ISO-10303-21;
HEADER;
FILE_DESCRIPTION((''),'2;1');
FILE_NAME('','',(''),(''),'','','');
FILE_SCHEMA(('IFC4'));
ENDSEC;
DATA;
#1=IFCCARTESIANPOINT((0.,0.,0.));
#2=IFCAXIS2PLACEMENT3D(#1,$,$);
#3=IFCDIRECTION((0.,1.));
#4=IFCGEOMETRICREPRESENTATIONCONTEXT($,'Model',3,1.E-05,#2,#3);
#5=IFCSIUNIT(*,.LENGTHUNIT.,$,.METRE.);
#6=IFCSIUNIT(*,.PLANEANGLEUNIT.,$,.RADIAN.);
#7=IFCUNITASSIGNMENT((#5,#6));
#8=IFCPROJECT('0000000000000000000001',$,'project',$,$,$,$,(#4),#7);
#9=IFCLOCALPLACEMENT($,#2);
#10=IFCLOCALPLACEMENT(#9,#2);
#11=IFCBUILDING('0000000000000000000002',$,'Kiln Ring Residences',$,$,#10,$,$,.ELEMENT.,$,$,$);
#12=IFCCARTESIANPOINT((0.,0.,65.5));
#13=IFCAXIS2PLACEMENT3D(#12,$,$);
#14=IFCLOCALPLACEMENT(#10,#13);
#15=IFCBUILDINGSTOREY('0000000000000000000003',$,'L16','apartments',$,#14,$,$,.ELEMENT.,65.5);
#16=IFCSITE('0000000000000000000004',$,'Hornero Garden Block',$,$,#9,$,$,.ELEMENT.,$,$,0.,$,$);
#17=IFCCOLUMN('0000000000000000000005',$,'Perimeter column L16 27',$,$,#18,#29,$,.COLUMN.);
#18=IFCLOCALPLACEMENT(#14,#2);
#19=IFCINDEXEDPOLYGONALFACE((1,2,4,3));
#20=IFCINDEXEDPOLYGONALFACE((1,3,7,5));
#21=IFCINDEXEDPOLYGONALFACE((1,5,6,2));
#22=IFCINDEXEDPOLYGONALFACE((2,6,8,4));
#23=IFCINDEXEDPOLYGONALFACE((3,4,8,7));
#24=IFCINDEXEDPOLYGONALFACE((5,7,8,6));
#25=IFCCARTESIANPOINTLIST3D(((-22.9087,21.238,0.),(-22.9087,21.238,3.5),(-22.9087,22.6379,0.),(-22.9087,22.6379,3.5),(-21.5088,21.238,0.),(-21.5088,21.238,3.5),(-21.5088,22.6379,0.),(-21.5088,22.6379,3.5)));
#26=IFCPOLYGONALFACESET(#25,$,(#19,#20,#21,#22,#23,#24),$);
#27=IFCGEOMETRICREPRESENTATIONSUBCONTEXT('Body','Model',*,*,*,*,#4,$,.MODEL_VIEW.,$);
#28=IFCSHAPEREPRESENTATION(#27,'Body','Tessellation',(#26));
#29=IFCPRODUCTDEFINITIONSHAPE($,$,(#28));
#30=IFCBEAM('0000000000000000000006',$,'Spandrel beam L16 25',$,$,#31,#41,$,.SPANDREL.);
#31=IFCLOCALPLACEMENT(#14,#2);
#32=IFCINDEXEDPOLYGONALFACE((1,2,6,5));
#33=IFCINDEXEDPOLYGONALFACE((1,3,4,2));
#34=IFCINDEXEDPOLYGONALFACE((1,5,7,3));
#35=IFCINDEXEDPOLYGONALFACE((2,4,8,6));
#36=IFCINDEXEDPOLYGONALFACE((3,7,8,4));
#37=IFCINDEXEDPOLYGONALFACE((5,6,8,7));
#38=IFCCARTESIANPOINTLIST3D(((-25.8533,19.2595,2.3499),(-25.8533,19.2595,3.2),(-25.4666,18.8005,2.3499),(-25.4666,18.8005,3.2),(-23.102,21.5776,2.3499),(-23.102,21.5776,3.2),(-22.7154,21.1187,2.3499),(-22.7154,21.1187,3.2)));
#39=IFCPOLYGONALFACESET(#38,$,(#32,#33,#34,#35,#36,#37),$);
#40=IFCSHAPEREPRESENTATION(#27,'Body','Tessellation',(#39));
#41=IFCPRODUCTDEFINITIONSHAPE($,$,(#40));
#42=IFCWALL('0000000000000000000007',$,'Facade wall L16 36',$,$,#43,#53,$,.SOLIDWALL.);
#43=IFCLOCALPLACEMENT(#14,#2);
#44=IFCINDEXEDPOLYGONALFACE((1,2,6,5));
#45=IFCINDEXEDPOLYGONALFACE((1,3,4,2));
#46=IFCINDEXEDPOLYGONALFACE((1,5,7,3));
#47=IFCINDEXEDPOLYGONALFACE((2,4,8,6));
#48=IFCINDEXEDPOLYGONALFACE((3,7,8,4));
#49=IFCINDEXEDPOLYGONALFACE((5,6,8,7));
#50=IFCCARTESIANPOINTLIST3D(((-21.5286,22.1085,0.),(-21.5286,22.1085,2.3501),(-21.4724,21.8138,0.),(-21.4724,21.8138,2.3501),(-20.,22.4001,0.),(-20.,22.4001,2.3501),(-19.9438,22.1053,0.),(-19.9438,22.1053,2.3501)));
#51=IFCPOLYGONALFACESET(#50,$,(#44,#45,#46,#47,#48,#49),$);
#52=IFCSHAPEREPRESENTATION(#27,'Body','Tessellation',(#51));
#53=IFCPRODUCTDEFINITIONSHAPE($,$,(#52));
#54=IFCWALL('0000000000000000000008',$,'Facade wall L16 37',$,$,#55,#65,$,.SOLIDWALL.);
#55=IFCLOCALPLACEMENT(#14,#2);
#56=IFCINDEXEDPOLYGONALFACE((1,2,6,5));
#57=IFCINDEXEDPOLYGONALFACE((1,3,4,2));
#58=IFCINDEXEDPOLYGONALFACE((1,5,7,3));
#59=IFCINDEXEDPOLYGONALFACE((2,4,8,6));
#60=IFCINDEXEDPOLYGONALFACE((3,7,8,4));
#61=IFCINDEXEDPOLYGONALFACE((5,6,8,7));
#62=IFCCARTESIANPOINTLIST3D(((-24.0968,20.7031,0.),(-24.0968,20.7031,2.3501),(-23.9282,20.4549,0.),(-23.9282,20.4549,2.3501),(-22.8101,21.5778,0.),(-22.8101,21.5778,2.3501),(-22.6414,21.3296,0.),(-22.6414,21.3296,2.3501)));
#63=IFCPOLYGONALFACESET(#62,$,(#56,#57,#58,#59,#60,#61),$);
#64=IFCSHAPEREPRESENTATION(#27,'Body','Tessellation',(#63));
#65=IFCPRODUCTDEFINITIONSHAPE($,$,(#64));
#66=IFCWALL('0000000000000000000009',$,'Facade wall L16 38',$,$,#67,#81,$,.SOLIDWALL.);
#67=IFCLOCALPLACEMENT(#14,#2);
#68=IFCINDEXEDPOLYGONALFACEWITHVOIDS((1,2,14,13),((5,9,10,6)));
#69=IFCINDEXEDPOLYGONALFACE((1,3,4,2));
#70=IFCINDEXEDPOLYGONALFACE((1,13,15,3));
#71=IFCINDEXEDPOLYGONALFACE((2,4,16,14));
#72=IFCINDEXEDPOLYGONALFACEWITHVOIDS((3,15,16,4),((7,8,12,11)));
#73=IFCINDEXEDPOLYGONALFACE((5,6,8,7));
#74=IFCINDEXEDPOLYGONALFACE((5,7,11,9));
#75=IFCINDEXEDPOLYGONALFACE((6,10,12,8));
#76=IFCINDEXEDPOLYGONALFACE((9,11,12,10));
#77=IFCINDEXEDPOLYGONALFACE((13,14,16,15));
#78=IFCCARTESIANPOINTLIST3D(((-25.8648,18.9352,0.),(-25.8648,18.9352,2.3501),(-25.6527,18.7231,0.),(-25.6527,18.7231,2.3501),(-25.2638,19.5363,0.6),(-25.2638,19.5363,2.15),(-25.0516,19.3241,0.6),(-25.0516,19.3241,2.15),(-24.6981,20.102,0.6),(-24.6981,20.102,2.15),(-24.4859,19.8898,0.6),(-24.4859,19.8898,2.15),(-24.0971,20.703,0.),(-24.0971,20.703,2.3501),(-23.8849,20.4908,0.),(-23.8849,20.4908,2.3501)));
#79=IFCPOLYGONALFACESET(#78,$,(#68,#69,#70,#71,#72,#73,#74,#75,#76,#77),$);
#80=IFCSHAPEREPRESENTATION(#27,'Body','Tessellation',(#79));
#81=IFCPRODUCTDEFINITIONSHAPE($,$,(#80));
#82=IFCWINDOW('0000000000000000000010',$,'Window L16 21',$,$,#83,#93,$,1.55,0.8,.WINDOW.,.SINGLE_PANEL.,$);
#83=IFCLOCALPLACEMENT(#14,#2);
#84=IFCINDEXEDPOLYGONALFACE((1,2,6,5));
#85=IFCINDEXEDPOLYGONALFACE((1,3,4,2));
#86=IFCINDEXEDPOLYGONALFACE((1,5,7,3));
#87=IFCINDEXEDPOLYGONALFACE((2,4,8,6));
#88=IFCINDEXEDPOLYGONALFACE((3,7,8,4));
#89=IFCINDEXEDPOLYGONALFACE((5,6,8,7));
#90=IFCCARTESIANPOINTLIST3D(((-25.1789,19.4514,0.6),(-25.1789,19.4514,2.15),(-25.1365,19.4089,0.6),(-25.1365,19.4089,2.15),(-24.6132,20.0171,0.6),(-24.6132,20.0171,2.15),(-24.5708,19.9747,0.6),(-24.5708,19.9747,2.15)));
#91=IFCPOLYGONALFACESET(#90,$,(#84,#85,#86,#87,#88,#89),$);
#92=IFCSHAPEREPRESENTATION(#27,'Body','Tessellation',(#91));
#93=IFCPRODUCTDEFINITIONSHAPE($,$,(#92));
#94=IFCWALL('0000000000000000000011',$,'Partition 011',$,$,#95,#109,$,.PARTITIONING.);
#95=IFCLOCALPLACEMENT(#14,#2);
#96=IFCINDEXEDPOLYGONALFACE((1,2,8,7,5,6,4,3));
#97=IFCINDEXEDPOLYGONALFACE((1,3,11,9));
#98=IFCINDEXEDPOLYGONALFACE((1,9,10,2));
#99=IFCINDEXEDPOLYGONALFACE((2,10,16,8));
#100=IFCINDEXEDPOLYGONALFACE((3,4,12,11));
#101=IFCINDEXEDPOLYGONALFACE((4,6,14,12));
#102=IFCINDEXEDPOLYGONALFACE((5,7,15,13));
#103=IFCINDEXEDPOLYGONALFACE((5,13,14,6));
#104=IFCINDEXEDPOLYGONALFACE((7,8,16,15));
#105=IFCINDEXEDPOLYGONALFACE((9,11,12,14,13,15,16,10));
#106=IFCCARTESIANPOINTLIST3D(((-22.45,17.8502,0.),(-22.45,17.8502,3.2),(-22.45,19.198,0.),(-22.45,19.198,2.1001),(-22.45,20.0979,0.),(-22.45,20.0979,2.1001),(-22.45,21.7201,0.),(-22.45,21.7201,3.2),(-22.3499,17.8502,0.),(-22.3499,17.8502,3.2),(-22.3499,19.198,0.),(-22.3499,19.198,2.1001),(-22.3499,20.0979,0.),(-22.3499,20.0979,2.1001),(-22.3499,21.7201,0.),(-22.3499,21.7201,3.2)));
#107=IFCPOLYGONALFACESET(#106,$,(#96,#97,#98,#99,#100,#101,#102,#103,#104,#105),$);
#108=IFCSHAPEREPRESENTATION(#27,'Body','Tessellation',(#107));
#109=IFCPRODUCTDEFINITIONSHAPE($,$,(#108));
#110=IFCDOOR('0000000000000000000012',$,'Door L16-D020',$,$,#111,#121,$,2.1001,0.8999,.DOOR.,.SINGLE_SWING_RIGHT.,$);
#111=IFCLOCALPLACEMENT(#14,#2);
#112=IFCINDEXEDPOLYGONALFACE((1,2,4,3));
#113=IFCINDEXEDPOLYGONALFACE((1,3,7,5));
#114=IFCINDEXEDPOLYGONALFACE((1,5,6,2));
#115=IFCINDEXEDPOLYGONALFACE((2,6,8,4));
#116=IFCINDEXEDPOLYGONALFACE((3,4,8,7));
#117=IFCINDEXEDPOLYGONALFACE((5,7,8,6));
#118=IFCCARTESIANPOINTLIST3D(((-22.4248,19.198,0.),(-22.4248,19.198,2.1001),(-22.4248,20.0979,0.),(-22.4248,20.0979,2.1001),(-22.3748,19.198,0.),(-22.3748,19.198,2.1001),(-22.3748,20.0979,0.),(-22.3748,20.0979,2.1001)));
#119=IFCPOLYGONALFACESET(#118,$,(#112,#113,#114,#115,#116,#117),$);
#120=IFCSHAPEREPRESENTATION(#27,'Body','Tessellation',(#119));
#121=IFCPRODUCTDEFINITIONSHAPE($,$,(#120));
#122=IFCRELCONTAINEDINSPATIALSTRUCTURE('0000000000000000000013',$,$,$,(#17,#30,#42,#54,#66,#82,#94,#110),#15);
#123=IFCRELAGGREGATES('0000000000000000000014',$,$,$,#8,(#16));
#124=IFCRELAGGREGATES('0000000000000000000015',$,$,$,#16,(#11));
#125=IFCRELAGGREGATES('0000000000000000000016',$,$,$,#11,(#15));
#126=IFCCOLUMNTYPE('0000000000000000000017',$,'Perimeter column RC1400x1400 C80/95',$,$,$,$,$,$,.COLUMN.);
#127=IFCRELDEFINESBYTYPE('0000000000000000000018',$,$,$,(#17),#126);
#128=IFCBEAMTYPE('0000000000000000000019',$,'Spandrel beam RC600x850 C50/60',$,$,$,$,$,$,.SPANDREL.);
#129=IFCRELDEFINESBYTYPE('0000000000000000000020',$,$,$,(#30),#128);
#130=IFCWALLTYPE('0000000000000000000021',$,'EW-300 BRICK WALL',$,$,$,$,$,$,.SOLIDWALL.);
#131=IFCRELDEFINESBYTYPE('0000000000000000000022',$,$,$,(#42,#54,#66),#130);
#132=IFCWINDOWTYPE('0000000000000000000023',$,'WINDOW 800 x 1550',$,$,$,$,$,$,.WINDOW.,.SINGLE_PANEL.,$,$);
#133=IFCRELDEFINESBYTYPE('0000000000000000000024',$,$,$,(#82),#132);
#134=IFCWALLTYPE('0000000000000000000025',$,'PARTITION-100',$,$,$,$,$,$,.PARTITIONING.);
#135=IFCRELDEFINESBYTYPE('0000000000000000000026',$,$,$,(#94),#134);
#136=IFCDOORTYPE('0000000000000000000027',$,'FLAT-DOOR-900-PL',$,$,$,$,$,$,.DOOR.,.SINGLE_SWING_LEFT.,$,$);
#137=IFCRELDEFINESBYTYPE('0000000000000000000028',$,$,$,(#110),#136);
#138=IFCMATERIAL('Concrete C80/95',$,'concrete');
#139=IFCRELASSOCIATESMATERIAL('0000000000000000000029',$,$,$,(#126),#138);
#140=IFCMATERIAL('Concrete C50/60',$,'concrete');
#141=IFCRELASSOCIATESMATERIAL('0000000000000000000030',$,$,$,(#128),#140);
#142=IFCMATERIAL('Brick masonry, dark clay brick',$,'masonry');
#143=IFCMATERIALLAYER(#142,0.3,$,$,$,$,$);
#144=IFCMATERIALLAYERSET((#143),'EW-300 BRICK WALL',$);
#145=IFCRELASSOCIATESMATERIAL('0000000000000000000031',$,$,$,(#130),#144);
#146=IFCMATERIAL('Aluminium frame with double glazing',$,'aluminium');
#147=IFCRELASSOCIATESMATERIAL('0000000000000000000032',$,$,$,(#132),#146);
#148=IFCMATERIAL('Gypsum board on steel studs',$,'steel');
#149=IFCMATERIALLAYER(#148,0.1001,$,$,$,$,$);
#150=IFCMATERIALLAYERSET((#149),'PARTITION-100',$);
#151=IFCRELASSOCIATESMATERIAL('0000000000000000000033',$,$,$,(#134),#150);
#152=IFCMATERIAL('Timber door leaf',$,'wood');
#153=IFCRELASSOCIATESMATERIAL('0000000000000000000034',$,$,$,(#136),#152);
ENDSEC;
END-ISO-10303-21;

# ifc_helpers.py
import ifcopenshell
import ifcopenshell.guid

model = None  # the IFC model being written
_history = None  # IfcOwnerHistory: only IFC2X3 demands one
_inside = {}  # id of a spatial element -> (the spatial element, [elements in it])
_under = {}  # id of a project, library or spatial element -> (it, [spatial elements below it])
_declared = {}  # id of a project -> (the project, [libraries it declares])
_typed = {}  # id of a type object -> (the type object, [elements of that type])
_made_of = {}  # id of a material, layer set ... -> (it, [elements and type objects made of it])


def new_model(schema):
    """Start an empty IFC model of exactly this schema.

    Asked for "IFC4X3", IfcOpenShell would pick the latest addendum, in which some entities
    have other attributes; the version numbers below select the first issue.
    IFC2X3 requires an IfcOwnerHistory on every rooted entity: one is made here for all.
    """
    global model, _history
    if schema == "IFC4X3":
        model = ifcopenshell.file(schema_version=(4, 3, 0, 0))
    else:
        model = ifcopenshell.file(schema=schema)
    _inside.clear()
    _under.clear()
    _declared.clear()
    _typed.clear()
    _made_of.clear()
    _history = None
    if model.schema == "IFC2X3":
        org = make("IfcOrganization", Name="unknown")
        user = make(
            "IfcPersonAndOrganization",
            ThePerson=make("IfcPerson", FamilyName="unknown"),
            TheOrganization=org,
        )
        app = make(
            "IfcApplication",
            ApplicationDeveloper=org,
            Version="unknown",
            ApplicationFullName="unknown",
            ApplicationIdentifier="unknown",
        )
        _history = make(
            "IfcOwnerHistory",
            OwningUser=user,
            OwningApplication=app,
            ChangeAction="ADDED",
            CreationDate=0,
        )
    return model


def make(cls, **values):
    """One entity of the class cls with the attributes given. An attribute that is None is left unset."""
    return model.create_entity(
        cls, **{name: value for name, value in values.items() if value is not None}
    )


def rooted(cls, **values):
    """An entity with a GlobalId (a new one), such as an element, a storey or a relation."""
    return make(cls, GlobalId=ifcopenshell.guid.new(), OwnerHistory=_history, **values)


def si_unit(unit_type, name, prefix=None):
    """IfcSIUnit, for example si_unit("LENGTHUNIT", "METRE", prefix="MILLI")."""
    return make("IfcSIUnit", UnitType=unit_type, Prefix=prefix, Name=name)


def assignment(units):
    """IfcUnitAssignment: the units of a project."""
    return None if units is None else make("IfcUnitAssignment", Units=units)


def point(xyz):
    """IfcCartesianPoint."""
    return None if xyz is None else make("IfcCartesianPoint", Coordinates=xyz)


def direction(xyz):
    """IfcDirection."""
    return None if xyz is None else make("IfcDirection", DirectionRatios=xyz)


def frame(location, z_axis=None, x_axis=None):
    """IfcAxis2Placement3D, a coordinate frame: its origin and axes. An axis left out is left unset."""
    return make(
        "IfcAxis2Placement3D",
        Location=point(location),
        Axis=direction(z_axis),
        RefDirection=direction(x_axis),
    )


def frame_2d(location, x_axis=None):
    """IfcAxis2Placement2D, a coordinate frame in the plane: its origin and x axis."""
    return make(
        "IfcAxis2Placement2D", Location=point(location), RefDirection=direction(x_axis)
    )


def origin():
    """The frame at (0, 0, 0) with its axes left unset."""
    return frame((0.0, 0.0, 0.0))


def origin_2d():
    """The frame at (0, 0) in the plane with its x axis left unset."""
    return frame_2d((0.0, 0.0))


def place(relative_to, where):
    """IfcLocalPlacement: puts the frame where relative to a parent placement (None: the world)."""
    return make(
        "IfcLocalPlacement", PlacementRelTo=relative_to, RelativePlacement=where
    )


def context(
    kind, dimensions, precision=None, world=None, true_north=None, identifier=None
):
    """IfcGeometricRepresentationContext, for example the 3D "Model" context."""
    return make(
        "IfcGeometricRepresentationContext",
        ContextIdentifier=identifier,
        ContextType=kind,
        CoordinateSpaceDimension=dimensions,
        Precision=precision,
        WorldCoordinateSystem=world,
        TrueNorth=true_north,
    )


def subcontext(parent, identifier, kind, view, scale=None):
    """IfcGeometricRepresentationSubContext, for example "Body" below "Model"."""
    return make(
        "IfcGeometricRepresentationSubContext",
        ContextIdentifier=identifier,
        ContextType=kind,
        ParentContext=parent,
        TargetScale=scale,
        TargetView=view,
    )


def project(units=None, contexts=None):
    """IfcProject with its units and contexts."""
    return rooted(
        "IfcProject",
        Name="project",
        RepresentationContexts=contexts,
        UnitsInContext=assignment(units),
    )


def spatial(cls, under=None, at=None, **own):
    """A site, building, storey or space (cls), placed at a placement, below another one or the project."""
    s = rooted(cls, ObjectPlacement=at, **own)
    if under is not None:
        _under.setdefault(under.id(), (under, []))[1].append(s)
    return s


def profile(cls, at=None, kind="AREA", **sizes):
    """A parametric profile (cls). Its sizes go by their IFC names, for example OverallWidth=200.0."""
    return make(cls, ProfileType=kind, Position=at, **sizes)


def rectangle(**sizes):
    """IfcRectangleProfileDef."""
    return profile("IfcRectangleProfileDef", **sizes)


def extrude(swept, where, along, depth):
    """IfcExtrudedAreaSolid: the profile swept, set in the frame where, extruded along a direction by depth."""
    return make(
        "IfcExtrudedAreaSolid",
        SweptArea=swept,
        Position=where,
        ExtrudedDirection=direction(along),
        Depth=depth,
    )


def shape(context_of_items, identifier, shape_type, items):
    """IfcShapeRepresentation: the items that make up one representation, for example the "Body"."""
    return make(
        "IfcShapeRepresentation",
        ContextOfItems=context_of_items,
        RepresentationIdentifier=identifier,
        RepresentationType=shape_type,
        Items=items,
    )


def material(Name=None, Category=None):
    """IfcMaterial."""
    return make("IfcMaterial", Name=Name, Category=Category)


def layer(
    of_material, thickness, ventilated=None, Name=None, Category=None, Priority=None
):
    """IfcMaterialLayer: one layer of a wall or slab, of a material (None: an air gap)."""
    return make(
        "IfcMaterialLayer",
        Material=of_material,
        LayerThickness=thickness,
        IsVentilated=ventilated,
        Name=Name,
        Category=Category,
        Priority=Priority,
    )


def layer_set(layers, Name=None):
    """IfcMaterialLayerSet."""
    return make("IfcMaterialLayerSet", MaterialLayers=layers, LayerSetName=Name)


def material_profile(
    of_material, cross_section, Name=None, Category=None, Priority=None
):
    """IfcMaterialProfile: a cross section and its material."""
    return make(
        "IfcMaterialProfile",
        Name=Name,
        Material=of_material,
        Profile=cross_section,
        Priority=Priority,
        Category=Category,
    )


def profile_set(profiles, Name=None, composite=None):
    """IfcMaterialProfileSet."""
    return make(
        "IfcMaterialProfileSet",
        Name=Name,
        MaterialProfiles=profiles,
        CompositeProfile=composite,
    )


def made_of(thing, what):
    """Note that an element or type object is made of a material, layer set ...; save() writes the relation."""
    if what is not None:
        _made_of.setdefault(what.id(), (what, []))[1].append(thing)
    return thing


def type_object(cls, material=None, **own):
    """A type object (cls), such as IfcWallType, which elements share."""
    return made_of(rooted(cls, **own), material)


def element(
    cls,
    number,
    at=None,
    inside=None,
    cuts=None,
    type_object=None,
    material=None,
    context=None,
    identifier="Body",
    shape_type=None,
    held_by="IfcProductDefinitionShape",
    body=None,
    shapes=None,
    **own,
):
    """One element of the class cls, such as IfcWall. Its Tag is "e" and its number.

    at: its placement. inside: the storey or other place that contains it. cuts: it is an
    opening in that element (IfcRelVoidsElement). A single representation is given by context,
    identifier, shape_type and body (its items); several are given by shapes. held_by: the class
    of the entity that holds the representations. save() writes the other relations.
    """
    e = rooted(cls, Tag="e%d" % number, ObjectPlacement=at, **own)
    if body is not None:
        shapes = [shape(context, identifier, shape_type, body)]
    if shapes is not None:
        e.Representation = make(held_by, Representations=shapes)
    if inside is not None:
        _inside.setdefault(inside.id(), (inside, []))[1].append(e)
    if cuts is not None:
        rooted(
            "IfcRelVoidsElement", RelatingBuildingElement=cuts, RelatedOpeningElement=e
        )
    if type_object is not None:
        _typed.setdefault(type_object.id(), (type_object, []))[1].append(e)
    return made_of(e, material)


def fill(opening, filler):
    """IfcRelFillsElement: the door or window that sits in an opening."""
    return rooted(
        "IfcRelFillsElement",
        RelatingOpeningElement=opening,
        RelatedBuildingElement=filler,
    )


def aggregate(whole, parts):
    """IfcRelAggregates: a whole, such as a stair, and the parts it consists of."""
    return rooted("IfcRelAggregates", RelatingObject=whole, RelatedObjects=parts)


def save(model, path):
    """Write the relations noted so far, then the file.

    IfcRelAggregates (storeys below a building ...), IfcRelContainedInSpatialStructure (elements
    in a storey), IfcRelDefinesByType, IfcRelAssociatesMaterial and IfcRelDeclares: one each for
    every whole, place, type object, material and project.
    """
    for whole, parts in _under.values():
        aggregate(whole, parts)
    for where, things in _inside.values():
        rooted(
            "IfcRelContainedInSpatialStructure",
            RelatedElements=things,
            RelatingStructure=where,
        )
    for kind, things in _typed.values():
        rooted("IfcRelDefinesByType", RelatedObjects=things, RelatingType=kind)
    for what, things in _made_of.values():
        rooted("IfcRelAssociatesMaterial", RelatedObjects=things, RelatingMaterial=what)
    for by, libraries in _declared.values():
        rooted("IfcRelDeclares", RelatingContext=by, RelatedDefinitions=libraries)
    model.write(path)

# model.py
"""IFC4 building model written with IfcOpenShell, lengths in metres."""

from ifc_helpers import new_model, si_unit, direction, frame, frame_2d, origin, origin_2d, place, context, subcontext, project, spatial, rectangle, extrude, material, layer, layer_set, material_profile, profile_set, type_object, element, fill, save


model = new_model("IFC4")

# Units and contexts
model_context = context("Model", 3, precision=1e-05, world=origin(), true_north=direction((0.0, 1.0)))
body_context = subcontext(model_context, "Body", "Model", "MODEL_VIEW")
ifc_project = project(units=[si_unit("LENGTHUNIT", "METRE"), si_unit("PLANEANGLEUNIT", "RADIAN")], contexts=[model_context])

# Site, building, storey
site_placement = place(None, origin())
site = spatial("IfcSite", under=ifc_project, at=site_placement, Name="Hornero Garden Block", CompositionType="ELEMENT", RefElevation=0.0)
building_placement = place(site_placement, origin())
building = spatial("IfcBuilding", under=site, at=building_placement, Name="Kiln Ring Residences", CompositionType="ELEMENT")
storey_placement = place(building_placement, frame((0.0, 0.0, 65.5)))
storey = spatial("IfcBuildingStorey", under=building, at=storey_placement, Name="L16", Description="apartments", CompositionType="ELEMENT", Elevation=65.5)

# Column
ifc_material_1 = material(Name="Concrete C80/95", Category="concrete")
ifc_material_profile_1 = material_profile(ifc_material_1, rectangle(XDim=1.3999, YDim=1.3999, at=origin_2d()), Name="RC1400x1400")
ifc_profile_set_1 = profile_set([ifc_material_profile_1], Name="Concrete C80/95")
column_type = type_object("IfcColumnType", Name="Perimeter column RC1400x1400 C80/95", PredefinedType="COLUMN", material=ifc_profile_set_1)
column_placement = place(storey_placement, frame((-22.2087, 21.938, 0.0), z_axis=(0.0, 0.0, 1.0), x_axis=(1.0, 0.0, 0.0)))
element("IfcColumn", 1, at=column_placement, inside=storey, type_object=column_type, Name="Perimeter column L16 27", PredefinedType="COLUMN", context=body_context, shape_type="SweptSolid", body=[
    extrude(rectangle(XDim=1.3999, YDim=1.3999, at=origin_2d()), origin(), (0.0, 0.0, 1.0), 3.5),
])

# Beam
ifc_material_2 = material(Name="Concrete C50/60", Category="concrete")
ifc_material_profile_2 = material_profile(ifc_material_2, rectangle(XDim=0.6001, YDim=0.8501, at=origin_2d()), Name="RC600x850")
ifc_profile_set_2 = profile_set([ifc_material_profile_2], Name="Concrete C50/60")
beam_type = type_object("IfcBeamType", Name="Spandrel beam RC600x850 C50/60", PredefinedType="SPANDREL", material=ifc_profile_set_2)
beam_placement = place(storey_placement, frame((-22.9087, 21.3481, 2.7749), z_axis=(-0.764733, -0.644347, 0.0), x_axis=(0.644347, -0.764733, 0.0)))
element("IfcBeam", 2, at=beam_placement, inside=storey, type_object=beam_type, Name="Spandrel beam L16 25", PredefinedType="SPANDREL", context=body_context, shape_type="SweptSolid", body=[
    extrude(rectangle(XDim=0.6001, YDim=0.8501, at=origin_2d()), origin(), (0.0, 0.0, 1.0), 3.5977),
])

# Walls
ifc_material_3 = material(Name="Brick masonry, dark clay brick", Category="masonry")
ifc_layer_1 = layer(ifc_material_3, 0.3)
ifc_layer_set_1 = layer_set([ifc_layer_1], Name="EW-300 BRICK WALL")
wall_type_1 = type_object("IfcWallType", Name="EW-300 BRICK WALL", PredefinedType="SOLIDWALL", material=ifc_layer_set_1)
wall_1_placement = place(storey_placement, frame((-19.9719, 22.2527, 0.0), z_axis=(0.0, 0.0, 1.0), x_axis=(-0.982297, -0.187328, 0.0)))
element("IfcWall", 3, at=wall_1_placement, inside=storey, type_object=wall_type_1, Name="Facade wall L16 36", PredefinedType="SOLIDWALL", context=body_context, shape_type="SweptSolid", body=[
    extrude(rectangle(XDim=1.5562, YDim=0.3, at=frame_2d((0.7781, 0.0))), origin(), (0.0, 0.0, 1.0), 2.3501),
])
wall_2_placement = place(storey_placement, frame((-22.7258, 21.4536, 0.0), z_axis=(0.0, 0.0, 1.0), x_axis=(-0.82702, -0.562173, 0.0)))
element("IfcWall", 4, at=wall_2_placement, inside=storey, type_object=wall_type_1, Name="Facade wall L16 37", PredefinedType="SOLIDWALL", context=body_context, shape_type="SweptSolid", body=[
    extrude(rectangle(XDim=1.5559, YDim=0.3, at=frame_2d((0.7778, 0.0))), origin(), (0.0, 0.0, 1.0), 2.3501),
])

# Wall, opening, window
wall_3_placement = place(storey_placement, frame((-23.991, 20.5969, 0.0), z_axis=(0.0, 0.0, 1.0), x_axis=(-0.707107, -0.707107, 0.0)))
wall_3 = element("IfcWall", 5, at=wall_3_placement, inside=storey, type_object=wall_type_1, Name="Facade wall L16 38", PredefinedType="SOLIDWALL", context=body_context, shape_type="SweptSolid", body=[
    extrude(rectangle(XDim=2.5, YDim=0.3, at=frame_2d((1.25, 0.0))), origin(), (0.0, 0.0, 1.0), 2.3501),
])
opening_1_placement = place(wall_3_placement, frame((0.8501, 0.0, 0.6001)))
opening_1 = element("IfcOpeningElement", 6, at=opening_1_placement, cuts=wall_3, PredefinedType="OPENING", context=body_context, shape_type="SweptSolid", body=[
    extrude(rectangle(XDim=0.8, YDim=1.55, at=frame_2d((0.3999, 0.7749))), frame((0.0, 0.1599, 0.0), z_axis=(0.0, -1.0, 0.0), x_axis=(1.0, 0.0, 0.0)), (0.0, 0.0, 1.0), 0.3201),
])
ifc_material_4 = material(Name="Aluminium frame with double glazing", Category="aluminium")
window_type = type_object("IfcWindowType", Name="WINDOW 800 x 1550", PartitioningType="SINGLE_PANEL", PredefinedType="WINDOW", material=ifc_material_4)
window_placement = place(opening_1_placement, origin())
window = element("IfcWindow", 7, at=window_placement, inside=storey, type_object=window_type, Name="Window L16 21", OverallHeight=1.55, OverallWidth=0.8, PartitioningType="SINGLE_PANEL", PredefinedType="WINDOW", context=body_context, shape_type="SweptSolid", body=[
    extrude(rectangle(XDim=0.8, YDim=1.55, at=frame_2d((0.3999, 0.7749))), frame((0.0, 0.03, 0.0), z_axis=(0.0, -1.0, 0.0), x_axis=(1.0, 0.0, 0.0)), (0.0, 0.0, 1.0), 0.0601),
])
fill(opening_1, window)

# Wall, opening, door
ifc_material_5 = material(Name="Gypsum board on steel studs", Category="steel")
ifc_layer_2 = layer(ifc_material_5, 0.1001)
ifc_layer_set_2 = layer_set([ifc_layer_2], Name="PARTITION-100")
wall_type_2 = type_object("IfcWallType", Name="PARTITION-100", PredefinedType="PARTITIONING", material=ifc_layer_set_2)
wall_4_placement = place(storey_placement, frame((-22.3999, 17.8501, 0.0), z_axis=(0.0, 0.0, 1.0), x_axis=(0.0, 1.0, 0.0)))
wall_4 = element("IfcWall", 8, at=wall_4_placement, inside=storey, type_object=wall_type_2, Name="Partition 011", PredefinedType="PARTITIONING", context=body_context, shape_type="SweptSolid", body=[
    extrude(rectangle(XDim=3.8699, YDim=0.1001, at=frame_2d((1.9351, 0.0))), origin(), (0.0, 0.0, 1.0), 3.2),
])
opening_2_placement = place(wall_4_placement, frame((1.3479, 0.0, 0.0)))
opening_2 = element("IfcOpeningElement", 9, at=opening_2_placement, cuts=wall_4, PredefinedType="OPENING", context=body_context, shape_type="SweptSolid", body=[
    extrude(rectangle(XDim=0.8999, YDim=2.1001, at=frame_2d((0.45, 1.05))), frame((0.0, 0.0601, 0.0), z_axis=(0.0, -1.0, 0.0), x_axis=(1.0, 0.0, 0.0)), (0.0, 0.0, 1.0), 0.1201),
])
ifc_material_6 = material(Name="Timber door leaf", Category="wood")
door_type = type_object("IfcDoorType", Name="FLAT-DOOR-900-PL", OperationType="SINGLE_SWING_LEFT", PredefinedType="DOOR", material=ifc_material_6)
door_placement = place(opening_2_placement, origin())
door = element("IfcDoor", 10, at=door_placement, inside=storey, type_object=door_type, Name="Door L16-D020", OperationType="SINGLE_SWING_RIGHT", OverallHeight=2.1001, OverallWidth=0.8999, PredefinedType="DOOR", context=body_context, shape_type="SweptSolid", body=[
    extrude(rectangle(XDim=0.8999, YDim=2.1001, at=frame_2d((0.45, 1.05))), frame((0.0, 0.0249, 0.0), z_axis=(0.0, -1.0, 0.0), x_axis=(1.0, 0.0, 0.0)), (0.0, 0.0, 1.0), 0.05),
])
fill(opening_2, door)

save(model, "model.ifc")
